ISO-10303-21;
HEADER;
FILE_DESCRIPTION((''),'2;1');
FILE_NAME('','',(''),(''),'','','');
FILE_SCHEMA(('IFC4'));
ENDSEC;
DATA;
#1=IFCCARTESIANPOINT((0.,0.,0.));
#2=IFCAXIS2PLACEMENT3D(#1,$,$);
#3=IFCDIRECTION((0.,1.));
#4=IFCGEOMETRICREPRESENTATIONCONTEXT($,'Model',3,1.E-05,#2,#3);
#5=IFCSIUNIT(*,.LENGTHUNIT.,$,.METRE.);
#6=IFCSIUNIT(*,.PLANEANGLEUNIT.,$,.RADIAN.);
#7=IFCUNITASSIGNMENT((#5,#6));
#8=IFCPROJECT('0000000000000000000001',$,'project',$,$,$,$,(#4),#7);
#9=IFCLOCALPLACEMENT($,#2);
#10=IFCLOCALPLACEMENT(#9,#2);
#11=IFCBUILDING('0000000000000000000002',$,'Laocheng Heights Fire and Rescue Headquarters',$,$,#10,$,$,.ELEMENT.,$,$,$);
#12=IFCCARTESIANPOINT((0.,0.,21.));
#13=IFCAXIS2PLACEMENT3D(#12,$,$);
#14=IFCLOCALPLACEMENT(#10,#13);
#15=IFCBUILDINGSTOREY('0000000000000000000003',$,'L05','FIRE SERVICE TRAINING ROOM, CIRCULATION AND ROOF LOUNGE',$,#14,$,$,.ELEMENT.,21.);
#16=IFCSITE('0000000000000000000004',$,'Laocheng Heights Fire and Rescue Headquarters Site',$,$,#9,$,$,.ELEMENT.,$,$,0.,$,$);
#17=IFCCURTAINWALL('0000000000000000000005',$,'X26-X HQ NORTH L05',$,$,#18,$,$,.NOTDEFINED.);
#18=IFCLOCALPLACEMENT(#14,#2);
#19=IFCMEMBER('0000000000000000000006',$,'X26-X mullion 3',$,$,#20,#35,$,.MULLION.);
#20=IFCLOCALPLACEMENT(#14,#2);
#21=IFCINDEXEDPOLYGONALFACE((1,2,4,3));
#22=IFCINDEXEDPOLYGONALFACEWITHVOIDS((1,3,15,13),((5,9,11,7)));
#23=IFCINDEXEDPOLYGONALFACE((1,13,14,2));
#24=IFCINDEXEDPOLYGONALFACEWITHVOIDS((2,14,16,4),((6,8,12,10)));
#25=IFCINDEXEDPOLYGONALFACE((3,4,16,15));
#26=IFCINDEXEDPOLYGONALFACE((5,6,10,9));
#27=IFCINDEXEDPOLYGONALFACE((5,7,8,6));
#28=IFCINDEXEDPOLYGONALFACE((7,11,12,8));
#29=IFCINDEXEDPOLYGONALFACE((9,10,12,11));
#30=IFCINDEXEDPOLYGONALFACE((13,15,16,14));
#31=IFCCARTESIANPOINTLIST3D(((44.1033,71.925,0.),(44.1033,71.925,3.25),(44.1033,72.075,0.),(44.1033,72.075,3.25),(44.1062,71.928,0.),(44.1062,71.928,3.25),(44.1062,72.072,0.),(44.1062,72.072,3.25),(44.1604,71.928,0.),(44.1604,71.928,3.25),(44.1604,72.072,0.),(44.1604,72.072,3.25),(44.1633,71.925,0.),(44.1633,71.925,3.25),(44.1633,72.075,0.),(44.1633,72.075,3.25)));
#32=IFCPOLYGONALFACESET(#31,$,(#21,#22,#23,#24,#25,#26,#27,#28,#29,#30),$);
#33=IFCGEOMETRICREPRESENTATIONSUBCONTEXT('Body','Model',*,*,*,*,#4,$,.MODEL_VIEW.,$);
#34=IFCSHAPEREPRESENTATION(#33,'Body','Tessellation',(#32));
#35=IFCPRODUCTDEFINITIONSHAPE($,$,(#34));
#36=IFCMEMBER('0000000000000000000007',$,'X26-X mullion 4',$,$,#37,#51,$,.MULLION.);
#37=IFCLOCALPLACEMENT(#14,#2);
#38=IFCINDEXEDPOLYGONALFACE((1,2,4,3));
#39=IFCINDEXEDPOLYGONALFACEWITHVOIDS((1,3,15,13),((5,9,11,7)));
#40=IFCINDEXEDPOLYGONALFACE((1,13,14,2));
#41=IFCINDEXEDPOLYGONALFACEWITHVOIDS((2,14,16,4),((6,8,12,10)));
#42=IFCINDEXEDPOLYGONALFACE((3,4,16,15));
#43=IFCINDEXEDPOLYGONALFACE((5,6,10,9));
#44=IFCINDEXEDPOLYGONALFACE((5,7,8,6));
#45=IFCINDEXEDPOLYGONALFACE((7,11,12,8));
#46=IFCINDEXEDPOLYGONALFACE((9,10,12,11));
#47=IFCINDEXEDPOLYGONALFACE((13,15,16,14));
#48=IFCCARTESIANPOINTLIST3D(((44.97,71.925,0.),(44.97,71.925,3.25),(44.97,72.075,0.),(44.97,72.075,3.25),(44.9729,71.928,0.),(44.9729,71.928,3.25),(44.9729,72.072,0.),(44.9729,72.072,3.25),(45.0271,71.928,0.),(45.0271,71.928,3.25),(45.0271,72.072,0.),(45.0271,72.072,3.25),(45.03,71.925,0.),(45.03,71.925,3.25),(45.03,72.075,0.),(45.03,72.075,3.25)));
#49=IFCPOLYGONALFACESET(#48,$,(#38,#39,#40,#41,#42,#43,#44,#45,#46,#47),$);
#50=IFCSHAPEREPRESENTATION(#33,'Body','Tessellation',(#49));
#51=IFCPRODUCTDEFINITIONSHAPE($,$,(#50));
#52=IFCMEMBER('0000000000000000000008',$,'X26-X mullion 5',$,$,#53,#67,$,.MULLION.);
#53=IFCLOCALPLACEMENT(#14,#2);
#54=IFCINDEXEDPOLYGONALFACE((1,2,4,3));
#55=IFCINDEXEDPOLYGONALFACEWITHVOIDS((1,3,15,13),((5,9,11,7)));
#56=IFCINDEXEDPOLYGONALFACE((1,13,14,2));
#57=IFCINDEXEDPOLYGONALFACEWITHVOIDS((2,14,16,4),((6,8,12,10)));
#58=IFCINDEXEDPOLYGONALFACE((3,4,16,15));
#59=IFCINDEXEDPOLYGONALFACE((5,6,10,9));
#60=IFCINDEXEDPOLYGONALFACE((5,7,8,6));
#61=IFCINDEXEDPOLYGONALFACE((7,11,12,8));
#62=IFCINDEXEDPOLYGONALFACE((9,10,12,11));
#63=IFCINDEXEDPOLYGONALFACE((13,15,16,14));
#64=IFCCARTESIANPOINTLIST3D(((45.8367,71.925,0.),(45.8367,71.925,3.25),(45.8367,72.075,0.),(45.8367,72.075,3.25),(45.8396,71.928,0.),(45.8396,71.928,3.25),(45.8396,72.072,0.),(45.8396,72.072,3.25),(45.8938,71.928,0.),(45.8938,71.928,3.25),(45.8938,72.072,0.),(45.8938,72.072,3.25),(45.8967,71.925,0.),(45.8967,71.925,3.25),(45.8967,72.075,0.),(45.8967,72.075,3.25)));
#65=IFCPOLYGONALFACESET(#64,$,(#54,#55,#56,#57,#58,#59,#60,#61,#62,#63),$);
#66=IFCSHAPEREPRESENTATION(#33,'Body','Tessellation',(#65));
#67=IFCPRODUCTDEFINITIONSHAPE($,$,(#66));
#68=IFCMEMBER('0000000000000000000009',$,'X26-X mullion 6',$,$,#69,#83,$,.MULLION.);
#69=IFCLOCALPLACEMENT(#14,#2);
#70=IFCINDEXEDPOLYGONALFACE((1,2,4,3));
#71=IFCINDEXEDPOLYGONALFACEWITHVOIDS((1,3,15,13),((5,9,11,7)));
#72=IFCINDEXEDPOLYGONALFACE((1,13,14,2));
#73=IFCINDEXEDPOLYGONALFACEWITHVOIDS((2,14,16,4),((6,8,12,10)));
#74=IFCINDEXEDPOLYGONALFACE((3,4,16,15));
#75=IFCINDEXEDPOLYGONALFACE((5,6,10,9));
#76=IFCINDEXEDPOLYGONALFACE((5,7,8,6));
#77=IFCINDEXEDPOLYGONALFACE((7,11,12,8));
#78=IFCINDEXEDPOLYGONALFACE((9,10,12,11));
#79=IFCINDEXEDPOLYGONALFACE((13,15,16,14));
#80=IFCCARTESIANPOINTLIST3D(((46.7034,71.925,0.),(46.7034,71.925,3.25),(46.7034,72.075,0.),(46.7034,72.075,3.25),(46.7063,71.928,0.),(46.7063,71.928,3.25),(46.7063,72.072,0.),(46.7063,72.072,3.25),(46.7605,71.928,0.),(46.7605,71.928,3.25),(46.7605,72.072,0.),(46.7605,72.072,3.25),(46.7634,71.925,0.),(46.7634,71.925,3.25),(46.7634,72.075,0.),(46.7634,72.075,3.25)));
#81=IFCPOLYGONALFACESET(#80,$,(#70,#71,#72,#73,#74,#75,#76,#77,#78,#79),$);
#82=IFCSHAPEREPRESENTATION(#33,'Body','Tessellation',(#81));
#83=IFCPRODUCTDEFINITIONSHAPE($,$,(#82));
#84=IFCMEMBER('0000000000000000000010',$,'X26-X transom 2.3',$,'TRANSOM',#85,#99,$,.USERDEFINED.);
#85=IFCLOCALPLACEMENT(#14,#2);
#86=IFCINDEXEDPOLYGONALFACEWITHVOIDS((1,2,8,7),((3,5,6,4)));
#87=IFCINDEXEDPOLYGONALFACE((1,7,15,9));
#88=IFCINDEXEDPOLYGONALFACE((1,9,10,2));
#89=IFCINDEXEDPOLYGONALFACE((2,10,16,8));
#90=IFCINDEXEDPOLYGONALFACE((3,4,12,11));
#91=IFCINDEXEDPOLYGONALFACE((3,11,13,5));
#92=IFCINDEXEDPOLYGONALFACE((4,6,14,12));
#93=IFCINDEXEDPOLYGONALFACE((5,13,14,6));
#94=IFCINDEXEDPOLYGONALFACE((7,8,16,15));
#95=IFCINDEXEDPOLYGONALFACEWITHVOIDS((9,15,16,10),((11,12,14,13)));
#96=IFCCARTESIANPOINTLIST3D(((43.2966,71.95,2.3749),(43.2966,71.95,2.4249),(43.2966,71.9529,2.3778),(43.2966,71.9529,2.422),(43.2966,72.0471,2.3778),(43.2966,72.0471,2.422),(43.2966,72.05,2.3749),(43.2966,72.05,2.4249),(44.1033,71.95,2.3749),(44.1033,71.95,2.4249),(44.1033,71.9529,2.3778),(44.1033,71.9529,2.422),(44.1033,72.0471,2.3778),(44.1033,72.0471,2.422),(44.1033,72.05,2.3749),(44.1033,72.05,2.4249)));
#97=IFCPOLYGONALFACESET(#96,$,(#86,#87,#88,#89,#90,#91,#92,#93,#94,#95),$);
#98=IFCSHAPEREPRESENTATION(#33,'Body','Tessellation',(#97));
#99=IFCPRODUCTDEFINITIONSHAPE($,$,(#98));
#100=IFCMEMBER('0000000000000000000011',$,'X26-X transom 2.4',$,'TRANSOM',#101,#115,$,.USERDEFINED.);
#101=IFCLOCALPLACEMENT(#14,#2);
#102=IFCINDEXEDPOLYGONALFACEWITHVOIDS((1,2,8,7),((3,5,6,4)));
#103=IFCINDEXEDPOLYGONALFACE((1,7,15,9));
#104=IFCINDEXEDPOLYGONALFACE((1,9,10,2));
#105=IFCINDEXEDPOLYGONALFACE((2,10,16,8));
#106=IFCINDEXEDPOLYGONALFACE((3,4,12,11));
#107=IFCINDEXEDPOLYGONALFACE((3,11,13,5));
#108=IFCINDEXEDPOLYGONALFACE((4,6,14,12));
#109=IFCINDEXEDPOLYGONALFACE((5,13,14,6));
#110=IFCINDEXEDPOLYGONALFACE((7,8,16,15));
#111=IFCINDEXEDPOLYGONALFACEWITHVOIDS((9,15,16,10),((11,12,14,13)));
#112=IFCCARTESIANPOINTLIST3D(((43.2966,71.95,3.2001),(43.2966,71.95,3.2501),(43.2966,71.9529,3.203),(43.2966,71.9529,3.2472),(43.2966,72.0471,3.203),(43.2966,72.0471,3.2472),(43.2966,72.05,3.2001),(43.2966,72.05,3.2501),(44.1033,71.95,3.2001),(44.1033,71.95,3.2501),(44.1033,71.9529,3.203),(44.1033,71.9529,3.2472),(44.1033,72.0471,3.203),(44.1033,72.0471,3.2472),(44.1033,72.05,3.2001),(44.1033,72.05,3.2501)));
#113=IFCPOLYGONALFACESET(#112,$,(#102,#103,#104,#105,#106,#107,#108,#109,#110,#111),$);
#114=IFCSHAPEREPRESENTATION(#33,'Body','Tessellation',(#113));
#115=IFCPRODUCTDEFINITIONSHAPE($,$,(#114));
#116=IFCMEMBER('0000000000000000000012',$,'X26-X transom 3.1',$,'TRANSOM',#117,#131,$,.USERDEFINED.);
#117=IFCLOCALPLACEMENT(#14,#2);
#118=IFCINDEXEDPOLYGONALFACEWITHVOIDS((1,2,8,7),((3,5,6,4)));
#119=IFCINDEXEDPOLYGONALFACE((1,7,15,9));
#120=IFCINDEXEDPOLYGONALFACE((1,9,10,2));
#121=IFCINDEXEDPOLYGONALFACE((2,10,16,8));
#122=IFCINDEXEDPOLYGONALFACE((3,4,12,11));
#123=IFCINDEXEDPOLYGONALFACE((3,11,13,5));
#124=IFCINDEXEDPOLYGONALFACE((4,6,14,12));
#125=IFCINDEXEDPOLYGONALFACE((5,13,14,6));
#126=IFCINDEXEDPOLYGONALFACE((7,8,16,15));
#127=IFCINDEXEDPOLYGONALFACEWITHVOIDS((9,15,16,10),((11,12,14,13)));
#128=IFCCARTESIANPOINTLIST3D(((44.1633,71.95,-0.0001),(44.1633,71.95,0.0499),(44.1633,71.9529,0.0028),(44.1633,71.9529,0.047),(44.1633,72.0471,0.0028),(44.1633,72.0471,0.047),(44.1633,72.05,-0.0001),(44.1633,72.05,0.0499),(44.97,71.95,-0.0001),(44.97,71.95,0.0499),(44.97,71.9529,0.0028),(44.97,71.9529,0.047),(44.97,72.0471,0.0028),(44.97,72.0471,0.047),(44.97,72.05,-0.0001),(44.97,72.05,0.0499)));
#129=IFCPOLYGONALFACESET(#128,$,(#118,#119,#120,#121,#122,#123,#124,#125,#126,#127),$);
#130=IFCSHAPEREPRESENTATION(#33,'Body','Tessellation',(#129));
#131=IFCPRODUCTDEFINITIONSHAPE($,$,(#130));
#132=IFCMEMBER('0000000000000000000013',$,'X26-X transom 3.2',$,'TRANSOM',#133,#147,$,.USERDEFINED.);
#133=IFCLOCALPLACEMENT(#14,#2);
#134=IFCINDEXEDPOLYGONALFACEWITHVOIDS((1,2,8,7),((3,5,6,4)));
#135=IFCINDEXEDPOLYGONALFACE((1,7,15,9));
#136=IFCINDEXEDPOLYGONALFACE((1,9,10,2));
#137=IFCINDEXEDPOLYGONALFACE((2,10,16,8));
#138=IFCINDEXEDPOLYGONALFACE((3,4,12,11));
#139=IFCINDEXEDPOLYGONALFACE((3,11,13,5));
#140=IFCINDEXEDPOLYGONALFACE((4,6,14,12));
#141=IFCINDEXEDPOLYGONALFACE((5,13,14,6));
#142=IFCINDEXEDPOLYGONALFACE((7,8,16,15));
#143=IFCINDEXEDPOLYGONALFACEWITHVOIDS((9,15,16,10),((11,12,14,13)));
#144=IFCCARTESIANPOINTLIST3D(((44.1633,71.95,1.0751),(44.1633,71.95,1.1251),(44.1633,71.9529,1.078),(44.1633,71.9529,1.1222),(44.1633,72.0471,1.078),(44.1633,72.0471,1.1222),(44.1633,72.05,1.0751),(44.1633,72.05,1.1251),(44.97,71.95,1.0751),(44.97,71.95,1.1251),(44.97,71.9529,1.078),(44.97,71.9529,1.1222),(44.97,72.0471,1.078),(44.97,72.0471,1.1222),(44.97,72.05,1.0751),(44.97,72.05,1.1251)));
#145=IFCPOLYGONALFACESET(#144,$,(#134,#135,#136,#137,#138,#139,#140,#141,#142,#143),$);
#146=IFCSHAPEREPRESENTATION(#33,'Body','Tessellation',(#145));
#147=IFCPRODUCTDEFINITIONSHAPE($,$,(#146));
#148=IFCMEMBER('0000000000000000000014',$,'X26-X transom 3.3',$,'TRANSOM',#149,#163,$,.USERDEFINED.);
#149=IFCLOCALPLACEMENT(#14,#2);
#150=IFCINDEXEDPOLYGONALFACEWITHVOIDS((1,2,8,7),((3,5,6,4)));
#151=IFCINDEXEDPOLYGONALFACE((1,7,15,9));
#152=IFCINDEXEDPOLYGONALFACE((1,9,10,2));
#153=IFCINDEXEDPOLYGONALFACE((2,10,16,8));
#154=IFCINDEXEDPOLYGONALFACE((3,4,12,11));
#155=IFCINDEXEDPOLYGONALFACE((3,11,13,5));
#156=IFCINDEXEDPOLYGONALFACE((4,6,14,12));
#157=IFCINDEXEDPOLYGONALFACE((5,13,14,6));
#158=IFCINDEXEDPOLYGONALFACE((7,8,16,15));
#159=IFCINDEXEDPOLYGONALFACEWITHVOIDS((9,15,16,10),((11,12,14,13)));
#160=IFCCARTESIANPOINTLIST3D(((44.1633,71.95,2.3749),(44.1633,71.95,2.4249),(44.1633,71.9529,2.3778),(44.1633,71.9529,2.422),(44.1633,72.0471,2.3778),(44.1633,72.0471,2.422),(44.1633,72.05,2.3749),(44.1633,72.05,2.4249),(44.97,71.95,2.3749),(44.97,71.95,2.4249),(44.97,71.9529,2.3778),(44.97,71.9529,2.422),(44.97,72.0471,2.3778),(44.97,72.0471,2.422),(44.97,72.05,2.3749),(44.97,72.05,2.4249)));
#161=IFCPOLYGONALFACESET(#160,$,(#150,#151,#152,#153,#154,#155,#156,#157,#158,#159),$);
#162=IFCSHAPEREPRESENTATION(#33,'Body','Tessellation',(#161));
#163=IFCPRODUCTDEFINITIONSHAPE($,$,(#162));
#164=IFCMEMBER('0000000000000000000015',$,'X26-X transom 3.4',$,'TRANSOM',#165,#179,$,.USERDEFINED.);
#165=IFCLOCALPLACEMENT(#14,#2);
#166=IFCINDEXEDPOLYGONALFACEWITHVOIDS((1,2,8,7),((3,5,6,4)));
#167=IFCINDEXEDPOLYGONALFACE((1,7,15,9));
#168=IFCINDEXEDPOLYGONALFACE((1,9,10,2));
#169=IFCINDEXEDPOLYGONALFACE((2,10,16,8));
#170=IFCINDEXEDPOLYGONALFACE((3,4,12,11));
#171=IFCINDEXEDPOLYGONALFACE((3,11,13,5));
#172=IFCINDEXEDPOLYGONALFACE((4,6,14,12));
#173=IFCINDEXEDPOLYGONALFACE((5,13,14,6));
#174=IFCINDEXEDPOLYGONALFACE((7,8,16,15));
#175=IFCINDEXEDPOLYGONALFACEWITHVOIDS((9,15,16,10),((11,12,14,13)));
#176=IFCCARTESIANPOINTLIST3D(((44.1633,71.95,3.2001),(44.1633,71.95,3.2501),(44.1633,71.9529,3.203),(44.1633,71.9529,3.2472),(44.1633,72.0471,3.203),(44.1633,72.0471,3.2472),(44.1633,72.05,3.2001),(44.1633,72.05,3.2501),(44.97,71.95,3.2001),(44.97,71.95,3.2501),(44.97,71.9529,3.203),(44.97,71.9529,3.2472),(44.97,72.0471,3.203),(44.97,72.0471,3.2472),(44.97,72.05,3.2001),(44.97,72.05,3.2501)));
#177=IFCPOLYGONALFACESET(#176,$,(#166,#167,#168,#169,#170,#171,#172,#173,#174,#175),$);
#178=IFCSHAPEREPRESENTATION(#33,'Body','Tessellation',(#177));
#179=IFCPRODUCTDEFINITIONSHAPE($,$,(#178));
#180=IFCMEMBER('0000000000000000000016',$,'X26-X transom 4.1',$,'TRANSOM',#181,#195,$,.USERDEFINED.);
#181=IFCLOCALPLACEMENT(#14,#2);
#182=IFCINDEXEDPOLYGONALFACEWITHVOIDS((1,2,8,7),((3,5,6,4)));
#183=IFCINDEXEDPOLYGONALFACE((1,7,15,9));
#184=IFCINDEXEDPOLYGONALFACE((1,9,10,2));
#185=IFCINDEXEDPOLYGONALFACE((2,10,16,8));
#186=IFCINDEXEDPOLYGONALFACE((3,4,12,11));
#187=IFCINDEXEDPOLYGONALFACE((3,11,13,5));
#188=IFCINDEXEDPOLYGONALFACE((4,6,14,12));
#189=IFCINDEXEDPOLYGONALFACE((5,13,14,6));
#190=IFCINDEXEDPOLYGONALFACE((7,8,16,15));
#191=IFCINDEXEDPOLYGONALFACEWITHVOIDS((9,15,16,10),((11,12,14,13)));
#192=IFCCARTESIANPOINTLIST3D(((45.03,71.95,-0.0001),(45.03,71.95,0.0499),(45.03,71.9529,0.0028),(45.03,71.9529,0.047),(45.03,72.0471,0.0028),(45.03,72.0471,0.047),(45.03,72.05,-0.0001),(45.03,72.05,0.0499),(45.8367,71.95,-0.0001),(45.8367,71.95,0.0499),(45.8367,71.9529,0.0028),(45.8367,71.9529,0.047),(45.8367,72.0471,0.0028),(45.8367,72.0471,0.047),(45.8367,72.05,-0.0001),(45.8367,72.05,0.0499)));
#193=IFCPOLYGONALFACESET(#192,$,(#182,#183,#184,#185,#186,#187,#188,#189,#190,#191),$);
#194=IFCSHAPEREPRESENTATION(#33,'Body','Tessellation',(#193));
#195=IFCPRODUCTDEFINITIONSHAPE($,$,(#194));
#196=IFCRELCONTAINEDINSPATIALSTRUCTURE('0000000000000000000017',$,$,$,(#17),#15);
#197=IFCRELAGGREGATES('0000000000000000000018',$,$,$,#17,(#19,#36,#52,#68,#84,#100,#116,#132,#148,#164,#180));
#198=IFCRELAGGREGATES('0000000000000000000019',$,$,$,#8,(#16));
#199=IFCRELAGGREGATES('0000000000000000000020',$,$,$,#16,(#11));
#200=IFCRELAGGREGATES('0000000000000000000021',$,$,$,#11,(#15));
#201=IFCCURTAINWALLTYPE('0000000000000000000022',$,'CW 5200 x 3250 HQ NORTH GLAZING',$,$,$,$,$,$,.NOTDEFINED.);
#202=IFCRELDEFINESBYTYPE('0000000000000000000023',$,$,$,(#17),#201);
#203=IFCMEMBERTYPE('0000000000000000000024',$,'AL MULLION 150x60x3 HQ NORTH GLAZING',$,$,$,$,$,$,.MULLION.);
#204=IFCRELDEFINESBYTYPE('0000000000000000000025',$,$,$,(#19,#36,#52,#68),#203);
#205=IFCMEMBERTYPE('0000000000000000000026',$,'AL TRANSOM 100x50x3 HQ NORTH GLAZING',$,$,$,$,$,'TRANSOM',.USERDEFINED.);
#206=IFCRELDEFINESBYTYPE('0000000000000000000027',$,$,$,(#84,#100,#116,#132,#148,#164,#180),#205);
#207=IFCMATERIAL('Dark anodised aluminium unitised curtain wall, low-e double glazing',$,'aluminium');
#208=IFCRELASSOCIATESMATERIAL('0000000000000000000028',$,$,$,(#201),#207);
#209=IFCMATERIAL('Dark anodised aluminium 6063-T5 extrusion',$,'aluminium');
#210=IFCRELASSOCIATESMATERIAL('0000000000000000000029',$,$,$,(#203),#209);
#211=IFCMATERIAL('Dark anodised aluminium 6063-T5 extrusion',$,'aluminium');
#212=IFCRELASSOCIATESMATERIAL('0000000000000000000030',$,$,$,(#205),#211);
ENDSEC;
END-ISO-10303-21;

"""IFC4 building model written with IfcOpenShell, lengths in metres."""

from ifc_helpers import new_model, si_unit, direction, frame, origin, origin_2d, place, context, subcontext, project, spatial, hollow_rectangle, extrude, material, material_profile, profile_set, type_object, element, aggregate, save


model = new_model("IFC4")

# Units and contexts
model_context = context("Model", 3, precision=1e-05, world=origin(), true_north=direction((0.0, 1.0)))
body_context = subcontext(model_context, "Body", "Model", "MODEL_VIEW")
ifc_project = project(units=[si_unit("LENGTHUNIT", "METRE"), si_unit("PLANEANGLEUNIT", "RADIAN")], contexts=[model_context])

# Site, building, storey
site_placement = place(None, origin())
site = spatial("IfcSite", under=ifc_project, at=site_placement, Name="Laocheng Heights Fire and Rescue Headquarters Site", CompositionType="ELEMENT", RefElevation=0.0)
building_placement = place(site_placement, origin())
building = spatial("IfcBuilding", under=site, at=building_placement, Name="Laocheng Heights Fire and Rescue Headquarters", CompositionType="ELEMENT")
storey_placement = place(building_placement, frame((0.0, 0.0, 21.0)))
storey = spatial("IfcBuildingStorey", under=building, at=storey_placement, Name="L05", Description="FIRE SERVICE TRAINING ROOM, CIRCULATION AND ROOF LOUNGE", CompositionType="ELEMENT", Elevation=21.0)

# Curtain wall, members
ifc_material_1 = material(Name="Dark anodised aluminium unitised curtain wall, low-e double glazing", Category="aluminium")
curtain_wall_type = type_object("IfcCurtainWallType", Name="CW 5200 x 3250 HQ NORTH GLAZING", PredefinedType="NOTDEFINED", material=ifc_material_1)
curtain_wall_placement = place(storey_placement, origin())
curtain_wall = element("IfcCurtainWall", 1, at=curtain_wall_placement, inside=storey, type_object=curtain_wall_type, Name="X26-X HQ NORTH L05", PredefinedType="NOTDEFINED")
ifc_material_2 = material(Name="Dark anodised aluminium 6063-T5 extrusion", Category="aluminium")
ifc_material_profile_1 = material_profile(ifc_material_2, hollow_rectangle(XDim=0.1499, YDim=0.0601, WallThickness=0.0029, at=origin_2d()), Name="AL MULLION 150x60x3 HQ NORTH GLAZING")
ifc_profile_set_1 = profile_set([ifc_material_profile_1], Name="Dark anodised aluminium 6063-T5 extrusion")
member_type_1 = type_object("IfcMemberType", Name="AL MULLION 150x60x3 HQ NORTH GLAZING", PredefinedType="MULLION", material=ifc_profile_set_1)
member_1_placement = place(storey_placement, frame((44.1333, 72.0, 0.0), z_axis=(0.0, 0.0, 1.0), x_axis=(0.0, 1.0, 0.0)))
member_1 = element("IfcMember", 2, at=member_1_placement, type_object=member_type_1, Name="X26-X mullion 3", PredefinedType="MULLION", context=body_context, shape_type="SweptSolid", body=[
    extrude(hollow_rectangle(XDim=0.1499, YDim=0.0601, WallThickness=0.0029, at=origin_2d()), origin(), (0.0, 0.0, 1.0), 3.25),
])
member_2_placement = place(storey_placement, frame((45.0, 72.0, 0.0), z_axis=(0.0, 0.0, 1.0), x_axis=(0.0, 1.0, 0.0)))
member_2 = element("IfcMember", 3, at=member_2_placement, type_object=member_type_1, Name="X26-X mullion 4", PredefinedType="MULLION", context=body_context, shape_type="SweptSolid", body=[
    extrude(hollow_rectangle(XDim=0.1499, YDim=0.0601, WallThickness=0.0029, at=origin_2d()), origin(), (0.0, 0.0, 1.0), 3.25),
])
member_3_placement = place(storey_placement, frame((45.8667, 72.0, 0.0), z_axis=(0.0, 0.0, 1.0), x_axis=(0.0, 1.0, 0.0)))
member_3 = element("IfcMember", 4, at=member_3_placement, type_object=member_type_1, Name="X26-X mullion 5", PredefinedType="MULLION", context=body_context, shape_type="SweptSolid", body=[
    extrude(hollow_rectangle(XDim=0.1499, YDim=0.0601, WallThickness=0.0029, at=origin_2d()), origin(), (0.0, 0.0, 1.0), 3.25),
])
member_4_placement = place(storey_placement, frame((46.7334, 72.0, 0.0), z_axis=(0.0, 0.0, 1.0), x_axis=(0.0, 1.0, 0.0)))
member_4 = element("IfcMember", 5, at=member_4_placement, type_object=member_type_1, Name="X26-X mullion 6", PredefinedType="MULLION", context=body_context, shape_type="SweptSolid", body=[
    extrude(hollow_rectangle(XDim=0.1499, YDim=0.0601, WallThickness=0.0029, at=origin_2d()), origin(), (0.0, 0.0, 1.0), 3.25),
])
ifc_material_3 = material(Name="Dark anodised aluminium 6063-T5 extrusion", Category="aluminium")
ifc_material_profile_2 = material_profile(ifc_material_3, hollow_rectangle(XDim=0.1001, YDim=0.05, WallThickness=0.0029, at=origin_2d()), Name="AL TRANSOM 100x50x3 HQ NORTH GLAZING")
ifc_profile_set_2 = profile_set([ifc_material_profile_2], Name="Dark anodised aluminium 6063-T5 extrusion")
member_type_2 = type_object("IfcMemberType", Name="AL TRANSOM 100x50x3 HQ NORTH GLAZING", ElementType="TRANSOM", PredefinedType="USERDEFINED", material=ifc_profile_set_2)
member_5_placement = place(storey_placement, frame((43.2966, 72.0, 2.3999), z_axis=(1.0, 0.0, 0.0), x_axis=(0.0, 1.0, 0.0)))
member_5 = element("IfcMember", 6, at=member_5_placement, type_object=member_type_2, Name="X26-X transom 2.3", ObjectType="TRANSOM", PredefinedType="USERDEFINED", context=body_context, shape_type="SweptSolid", body=[
    extrude(hollow_rectangle(XDim=0.1001, YDim=0.05, WallThickness=0.0029, at=origin_2d()), origin(), (0.0, 0.0, 1.0), 0.8066),
])
member_6_placement = place(storey_placement, frame((43.2966, 72.0, 3.2251), z_axis=(1.0, 0.0, 0.0), x_axis=(0.0, 1.0, 0.0)))
member_6 = element("IfcMember", 7, at=member_6_placement, type_object=member_type_2, Name="X26-X transom 2.4", ObjectType="TRANSOM", PredefinedType="USERDEFINED", context=body_context, shape_type="SweptSolid", body=[
    extrude(hollow_rectangle(XDim=0.1001, YDim=0.05, WallThickness=0.0029, at=origin_2d()), origin(), (0.0, 0.0, 1.0), 0.8066),
])
member_7_placement = place(storey_placement, frame((44.1633, 72.0, 0.0249), z_axis=(1.0, 0.0, 0.0), x_axis=(0.0, 1.0, 0.0)))
member_7 = element("IfcMember", 8, at=member_7_placement, type_object=member_type_2, Name="X26-X transom 3.1", ObjectType="TRANSOM", PredefinedType="USERDEFINED", context=body_context, shape_type="SweptSolid", body=[
    extrude(hollow_rectangle(XDim=0.1001, YDim=0.05, WallThickness=0.0029, at=origin_2d()), origin(), (0.0, 0.0, 1.0), 0.8066),
])
member_8_placement = place(storey_placement, frame((44.1633, 72.0, 1.1001), z_axis=(1.0, 0.0, 0.0), x_axis=(0.0, 1.0, 0.0)))
member_8 = element("IfcMember", 9, at=member_8_placement, type_object=member_type_2, Name="X26-X transom 3.2", ObjectType="TRANSOM", PredefinedType="USERDEFINED", context=body_context, shape_type="SweptSolid", body=[
    extrude(hollow_rectangle(XDim=0.1001, YDim=0.05, WallThickness=0.0029, at=origin_2d()), origin(), (0.0, 0.0, 1.0), 0.8066),
])
member_9_placement = place(storey_placement, frame((44.1633, 72.0, 2.3999), z_axis=(1.0, 0.0, 0.0), x_axis=(0.0, 1.0, 0.0)))
member_9 = element("IfcMember", 10, at=member_9_placement, type_object=member_type_2, Name="X26-X transom 3.3", ObjectType="TRANSOM", PredefinedType="USERDEFINED", context=body_context, shape_type="SweptSolid", body=[
    extrude(hollow_rectangle(XDim=0.1001, YDim=0.05, WallThickness=0.0029, at=origin_2d()), origin(), (0.0, 0.0, 1.0), 0.8066),
])
member_10_placement = place(storey_placement, frame((44.1633, 72.0, 3.2251), z_axis=(1.0, 0.0, 0.0), x_axis=(0.0, 1.0, 0.0)))
member_10 = element("IfcMember", 11, at=member_10_placement, type_object=member_type_2, Name="X26-X transom 3.4", ObjectType="TRANSOM", PredefinedType="USERDEFINED", context=body_context, shape_type="SweptSolid", body=[
    extrude(hollow_rectangle(XDim=0.1001, YDim=0.05, WallThickness=0.0029, at=origin_2d()), origin(), (0.0, 0.0, 1.0), 0.8066),
])
member_11_placement = place(storey_placement, frame((45.03, 72.0, 0.0249), z_axis=(1.0, 0.0, 0.0), x_axis=(0.0, 1.0, 0.0)))
member_11 = element("IfcMember", 12, at=member_11_placement, type_object=member_type_2, Name="X26-X transom 4.1", ObjectType="TRANSOM", PredefinedType="USERDEFINED", context=body_context, shape_type="SweptSolid", body=[
    extrude(hollow_rectangle(XDim=0.1001, YDim=0.05, WallThickness=0.0029, at=origin_2d()), origin(), (0.0, 0.0, 1.0), 0.8066),
])
aggregate(curtain_wall, [member_1, member_2, member_3, member_4, member_5, member_6, member_7, member_8, member_9, member_10, member_11])

save(model, "model.ifc")
